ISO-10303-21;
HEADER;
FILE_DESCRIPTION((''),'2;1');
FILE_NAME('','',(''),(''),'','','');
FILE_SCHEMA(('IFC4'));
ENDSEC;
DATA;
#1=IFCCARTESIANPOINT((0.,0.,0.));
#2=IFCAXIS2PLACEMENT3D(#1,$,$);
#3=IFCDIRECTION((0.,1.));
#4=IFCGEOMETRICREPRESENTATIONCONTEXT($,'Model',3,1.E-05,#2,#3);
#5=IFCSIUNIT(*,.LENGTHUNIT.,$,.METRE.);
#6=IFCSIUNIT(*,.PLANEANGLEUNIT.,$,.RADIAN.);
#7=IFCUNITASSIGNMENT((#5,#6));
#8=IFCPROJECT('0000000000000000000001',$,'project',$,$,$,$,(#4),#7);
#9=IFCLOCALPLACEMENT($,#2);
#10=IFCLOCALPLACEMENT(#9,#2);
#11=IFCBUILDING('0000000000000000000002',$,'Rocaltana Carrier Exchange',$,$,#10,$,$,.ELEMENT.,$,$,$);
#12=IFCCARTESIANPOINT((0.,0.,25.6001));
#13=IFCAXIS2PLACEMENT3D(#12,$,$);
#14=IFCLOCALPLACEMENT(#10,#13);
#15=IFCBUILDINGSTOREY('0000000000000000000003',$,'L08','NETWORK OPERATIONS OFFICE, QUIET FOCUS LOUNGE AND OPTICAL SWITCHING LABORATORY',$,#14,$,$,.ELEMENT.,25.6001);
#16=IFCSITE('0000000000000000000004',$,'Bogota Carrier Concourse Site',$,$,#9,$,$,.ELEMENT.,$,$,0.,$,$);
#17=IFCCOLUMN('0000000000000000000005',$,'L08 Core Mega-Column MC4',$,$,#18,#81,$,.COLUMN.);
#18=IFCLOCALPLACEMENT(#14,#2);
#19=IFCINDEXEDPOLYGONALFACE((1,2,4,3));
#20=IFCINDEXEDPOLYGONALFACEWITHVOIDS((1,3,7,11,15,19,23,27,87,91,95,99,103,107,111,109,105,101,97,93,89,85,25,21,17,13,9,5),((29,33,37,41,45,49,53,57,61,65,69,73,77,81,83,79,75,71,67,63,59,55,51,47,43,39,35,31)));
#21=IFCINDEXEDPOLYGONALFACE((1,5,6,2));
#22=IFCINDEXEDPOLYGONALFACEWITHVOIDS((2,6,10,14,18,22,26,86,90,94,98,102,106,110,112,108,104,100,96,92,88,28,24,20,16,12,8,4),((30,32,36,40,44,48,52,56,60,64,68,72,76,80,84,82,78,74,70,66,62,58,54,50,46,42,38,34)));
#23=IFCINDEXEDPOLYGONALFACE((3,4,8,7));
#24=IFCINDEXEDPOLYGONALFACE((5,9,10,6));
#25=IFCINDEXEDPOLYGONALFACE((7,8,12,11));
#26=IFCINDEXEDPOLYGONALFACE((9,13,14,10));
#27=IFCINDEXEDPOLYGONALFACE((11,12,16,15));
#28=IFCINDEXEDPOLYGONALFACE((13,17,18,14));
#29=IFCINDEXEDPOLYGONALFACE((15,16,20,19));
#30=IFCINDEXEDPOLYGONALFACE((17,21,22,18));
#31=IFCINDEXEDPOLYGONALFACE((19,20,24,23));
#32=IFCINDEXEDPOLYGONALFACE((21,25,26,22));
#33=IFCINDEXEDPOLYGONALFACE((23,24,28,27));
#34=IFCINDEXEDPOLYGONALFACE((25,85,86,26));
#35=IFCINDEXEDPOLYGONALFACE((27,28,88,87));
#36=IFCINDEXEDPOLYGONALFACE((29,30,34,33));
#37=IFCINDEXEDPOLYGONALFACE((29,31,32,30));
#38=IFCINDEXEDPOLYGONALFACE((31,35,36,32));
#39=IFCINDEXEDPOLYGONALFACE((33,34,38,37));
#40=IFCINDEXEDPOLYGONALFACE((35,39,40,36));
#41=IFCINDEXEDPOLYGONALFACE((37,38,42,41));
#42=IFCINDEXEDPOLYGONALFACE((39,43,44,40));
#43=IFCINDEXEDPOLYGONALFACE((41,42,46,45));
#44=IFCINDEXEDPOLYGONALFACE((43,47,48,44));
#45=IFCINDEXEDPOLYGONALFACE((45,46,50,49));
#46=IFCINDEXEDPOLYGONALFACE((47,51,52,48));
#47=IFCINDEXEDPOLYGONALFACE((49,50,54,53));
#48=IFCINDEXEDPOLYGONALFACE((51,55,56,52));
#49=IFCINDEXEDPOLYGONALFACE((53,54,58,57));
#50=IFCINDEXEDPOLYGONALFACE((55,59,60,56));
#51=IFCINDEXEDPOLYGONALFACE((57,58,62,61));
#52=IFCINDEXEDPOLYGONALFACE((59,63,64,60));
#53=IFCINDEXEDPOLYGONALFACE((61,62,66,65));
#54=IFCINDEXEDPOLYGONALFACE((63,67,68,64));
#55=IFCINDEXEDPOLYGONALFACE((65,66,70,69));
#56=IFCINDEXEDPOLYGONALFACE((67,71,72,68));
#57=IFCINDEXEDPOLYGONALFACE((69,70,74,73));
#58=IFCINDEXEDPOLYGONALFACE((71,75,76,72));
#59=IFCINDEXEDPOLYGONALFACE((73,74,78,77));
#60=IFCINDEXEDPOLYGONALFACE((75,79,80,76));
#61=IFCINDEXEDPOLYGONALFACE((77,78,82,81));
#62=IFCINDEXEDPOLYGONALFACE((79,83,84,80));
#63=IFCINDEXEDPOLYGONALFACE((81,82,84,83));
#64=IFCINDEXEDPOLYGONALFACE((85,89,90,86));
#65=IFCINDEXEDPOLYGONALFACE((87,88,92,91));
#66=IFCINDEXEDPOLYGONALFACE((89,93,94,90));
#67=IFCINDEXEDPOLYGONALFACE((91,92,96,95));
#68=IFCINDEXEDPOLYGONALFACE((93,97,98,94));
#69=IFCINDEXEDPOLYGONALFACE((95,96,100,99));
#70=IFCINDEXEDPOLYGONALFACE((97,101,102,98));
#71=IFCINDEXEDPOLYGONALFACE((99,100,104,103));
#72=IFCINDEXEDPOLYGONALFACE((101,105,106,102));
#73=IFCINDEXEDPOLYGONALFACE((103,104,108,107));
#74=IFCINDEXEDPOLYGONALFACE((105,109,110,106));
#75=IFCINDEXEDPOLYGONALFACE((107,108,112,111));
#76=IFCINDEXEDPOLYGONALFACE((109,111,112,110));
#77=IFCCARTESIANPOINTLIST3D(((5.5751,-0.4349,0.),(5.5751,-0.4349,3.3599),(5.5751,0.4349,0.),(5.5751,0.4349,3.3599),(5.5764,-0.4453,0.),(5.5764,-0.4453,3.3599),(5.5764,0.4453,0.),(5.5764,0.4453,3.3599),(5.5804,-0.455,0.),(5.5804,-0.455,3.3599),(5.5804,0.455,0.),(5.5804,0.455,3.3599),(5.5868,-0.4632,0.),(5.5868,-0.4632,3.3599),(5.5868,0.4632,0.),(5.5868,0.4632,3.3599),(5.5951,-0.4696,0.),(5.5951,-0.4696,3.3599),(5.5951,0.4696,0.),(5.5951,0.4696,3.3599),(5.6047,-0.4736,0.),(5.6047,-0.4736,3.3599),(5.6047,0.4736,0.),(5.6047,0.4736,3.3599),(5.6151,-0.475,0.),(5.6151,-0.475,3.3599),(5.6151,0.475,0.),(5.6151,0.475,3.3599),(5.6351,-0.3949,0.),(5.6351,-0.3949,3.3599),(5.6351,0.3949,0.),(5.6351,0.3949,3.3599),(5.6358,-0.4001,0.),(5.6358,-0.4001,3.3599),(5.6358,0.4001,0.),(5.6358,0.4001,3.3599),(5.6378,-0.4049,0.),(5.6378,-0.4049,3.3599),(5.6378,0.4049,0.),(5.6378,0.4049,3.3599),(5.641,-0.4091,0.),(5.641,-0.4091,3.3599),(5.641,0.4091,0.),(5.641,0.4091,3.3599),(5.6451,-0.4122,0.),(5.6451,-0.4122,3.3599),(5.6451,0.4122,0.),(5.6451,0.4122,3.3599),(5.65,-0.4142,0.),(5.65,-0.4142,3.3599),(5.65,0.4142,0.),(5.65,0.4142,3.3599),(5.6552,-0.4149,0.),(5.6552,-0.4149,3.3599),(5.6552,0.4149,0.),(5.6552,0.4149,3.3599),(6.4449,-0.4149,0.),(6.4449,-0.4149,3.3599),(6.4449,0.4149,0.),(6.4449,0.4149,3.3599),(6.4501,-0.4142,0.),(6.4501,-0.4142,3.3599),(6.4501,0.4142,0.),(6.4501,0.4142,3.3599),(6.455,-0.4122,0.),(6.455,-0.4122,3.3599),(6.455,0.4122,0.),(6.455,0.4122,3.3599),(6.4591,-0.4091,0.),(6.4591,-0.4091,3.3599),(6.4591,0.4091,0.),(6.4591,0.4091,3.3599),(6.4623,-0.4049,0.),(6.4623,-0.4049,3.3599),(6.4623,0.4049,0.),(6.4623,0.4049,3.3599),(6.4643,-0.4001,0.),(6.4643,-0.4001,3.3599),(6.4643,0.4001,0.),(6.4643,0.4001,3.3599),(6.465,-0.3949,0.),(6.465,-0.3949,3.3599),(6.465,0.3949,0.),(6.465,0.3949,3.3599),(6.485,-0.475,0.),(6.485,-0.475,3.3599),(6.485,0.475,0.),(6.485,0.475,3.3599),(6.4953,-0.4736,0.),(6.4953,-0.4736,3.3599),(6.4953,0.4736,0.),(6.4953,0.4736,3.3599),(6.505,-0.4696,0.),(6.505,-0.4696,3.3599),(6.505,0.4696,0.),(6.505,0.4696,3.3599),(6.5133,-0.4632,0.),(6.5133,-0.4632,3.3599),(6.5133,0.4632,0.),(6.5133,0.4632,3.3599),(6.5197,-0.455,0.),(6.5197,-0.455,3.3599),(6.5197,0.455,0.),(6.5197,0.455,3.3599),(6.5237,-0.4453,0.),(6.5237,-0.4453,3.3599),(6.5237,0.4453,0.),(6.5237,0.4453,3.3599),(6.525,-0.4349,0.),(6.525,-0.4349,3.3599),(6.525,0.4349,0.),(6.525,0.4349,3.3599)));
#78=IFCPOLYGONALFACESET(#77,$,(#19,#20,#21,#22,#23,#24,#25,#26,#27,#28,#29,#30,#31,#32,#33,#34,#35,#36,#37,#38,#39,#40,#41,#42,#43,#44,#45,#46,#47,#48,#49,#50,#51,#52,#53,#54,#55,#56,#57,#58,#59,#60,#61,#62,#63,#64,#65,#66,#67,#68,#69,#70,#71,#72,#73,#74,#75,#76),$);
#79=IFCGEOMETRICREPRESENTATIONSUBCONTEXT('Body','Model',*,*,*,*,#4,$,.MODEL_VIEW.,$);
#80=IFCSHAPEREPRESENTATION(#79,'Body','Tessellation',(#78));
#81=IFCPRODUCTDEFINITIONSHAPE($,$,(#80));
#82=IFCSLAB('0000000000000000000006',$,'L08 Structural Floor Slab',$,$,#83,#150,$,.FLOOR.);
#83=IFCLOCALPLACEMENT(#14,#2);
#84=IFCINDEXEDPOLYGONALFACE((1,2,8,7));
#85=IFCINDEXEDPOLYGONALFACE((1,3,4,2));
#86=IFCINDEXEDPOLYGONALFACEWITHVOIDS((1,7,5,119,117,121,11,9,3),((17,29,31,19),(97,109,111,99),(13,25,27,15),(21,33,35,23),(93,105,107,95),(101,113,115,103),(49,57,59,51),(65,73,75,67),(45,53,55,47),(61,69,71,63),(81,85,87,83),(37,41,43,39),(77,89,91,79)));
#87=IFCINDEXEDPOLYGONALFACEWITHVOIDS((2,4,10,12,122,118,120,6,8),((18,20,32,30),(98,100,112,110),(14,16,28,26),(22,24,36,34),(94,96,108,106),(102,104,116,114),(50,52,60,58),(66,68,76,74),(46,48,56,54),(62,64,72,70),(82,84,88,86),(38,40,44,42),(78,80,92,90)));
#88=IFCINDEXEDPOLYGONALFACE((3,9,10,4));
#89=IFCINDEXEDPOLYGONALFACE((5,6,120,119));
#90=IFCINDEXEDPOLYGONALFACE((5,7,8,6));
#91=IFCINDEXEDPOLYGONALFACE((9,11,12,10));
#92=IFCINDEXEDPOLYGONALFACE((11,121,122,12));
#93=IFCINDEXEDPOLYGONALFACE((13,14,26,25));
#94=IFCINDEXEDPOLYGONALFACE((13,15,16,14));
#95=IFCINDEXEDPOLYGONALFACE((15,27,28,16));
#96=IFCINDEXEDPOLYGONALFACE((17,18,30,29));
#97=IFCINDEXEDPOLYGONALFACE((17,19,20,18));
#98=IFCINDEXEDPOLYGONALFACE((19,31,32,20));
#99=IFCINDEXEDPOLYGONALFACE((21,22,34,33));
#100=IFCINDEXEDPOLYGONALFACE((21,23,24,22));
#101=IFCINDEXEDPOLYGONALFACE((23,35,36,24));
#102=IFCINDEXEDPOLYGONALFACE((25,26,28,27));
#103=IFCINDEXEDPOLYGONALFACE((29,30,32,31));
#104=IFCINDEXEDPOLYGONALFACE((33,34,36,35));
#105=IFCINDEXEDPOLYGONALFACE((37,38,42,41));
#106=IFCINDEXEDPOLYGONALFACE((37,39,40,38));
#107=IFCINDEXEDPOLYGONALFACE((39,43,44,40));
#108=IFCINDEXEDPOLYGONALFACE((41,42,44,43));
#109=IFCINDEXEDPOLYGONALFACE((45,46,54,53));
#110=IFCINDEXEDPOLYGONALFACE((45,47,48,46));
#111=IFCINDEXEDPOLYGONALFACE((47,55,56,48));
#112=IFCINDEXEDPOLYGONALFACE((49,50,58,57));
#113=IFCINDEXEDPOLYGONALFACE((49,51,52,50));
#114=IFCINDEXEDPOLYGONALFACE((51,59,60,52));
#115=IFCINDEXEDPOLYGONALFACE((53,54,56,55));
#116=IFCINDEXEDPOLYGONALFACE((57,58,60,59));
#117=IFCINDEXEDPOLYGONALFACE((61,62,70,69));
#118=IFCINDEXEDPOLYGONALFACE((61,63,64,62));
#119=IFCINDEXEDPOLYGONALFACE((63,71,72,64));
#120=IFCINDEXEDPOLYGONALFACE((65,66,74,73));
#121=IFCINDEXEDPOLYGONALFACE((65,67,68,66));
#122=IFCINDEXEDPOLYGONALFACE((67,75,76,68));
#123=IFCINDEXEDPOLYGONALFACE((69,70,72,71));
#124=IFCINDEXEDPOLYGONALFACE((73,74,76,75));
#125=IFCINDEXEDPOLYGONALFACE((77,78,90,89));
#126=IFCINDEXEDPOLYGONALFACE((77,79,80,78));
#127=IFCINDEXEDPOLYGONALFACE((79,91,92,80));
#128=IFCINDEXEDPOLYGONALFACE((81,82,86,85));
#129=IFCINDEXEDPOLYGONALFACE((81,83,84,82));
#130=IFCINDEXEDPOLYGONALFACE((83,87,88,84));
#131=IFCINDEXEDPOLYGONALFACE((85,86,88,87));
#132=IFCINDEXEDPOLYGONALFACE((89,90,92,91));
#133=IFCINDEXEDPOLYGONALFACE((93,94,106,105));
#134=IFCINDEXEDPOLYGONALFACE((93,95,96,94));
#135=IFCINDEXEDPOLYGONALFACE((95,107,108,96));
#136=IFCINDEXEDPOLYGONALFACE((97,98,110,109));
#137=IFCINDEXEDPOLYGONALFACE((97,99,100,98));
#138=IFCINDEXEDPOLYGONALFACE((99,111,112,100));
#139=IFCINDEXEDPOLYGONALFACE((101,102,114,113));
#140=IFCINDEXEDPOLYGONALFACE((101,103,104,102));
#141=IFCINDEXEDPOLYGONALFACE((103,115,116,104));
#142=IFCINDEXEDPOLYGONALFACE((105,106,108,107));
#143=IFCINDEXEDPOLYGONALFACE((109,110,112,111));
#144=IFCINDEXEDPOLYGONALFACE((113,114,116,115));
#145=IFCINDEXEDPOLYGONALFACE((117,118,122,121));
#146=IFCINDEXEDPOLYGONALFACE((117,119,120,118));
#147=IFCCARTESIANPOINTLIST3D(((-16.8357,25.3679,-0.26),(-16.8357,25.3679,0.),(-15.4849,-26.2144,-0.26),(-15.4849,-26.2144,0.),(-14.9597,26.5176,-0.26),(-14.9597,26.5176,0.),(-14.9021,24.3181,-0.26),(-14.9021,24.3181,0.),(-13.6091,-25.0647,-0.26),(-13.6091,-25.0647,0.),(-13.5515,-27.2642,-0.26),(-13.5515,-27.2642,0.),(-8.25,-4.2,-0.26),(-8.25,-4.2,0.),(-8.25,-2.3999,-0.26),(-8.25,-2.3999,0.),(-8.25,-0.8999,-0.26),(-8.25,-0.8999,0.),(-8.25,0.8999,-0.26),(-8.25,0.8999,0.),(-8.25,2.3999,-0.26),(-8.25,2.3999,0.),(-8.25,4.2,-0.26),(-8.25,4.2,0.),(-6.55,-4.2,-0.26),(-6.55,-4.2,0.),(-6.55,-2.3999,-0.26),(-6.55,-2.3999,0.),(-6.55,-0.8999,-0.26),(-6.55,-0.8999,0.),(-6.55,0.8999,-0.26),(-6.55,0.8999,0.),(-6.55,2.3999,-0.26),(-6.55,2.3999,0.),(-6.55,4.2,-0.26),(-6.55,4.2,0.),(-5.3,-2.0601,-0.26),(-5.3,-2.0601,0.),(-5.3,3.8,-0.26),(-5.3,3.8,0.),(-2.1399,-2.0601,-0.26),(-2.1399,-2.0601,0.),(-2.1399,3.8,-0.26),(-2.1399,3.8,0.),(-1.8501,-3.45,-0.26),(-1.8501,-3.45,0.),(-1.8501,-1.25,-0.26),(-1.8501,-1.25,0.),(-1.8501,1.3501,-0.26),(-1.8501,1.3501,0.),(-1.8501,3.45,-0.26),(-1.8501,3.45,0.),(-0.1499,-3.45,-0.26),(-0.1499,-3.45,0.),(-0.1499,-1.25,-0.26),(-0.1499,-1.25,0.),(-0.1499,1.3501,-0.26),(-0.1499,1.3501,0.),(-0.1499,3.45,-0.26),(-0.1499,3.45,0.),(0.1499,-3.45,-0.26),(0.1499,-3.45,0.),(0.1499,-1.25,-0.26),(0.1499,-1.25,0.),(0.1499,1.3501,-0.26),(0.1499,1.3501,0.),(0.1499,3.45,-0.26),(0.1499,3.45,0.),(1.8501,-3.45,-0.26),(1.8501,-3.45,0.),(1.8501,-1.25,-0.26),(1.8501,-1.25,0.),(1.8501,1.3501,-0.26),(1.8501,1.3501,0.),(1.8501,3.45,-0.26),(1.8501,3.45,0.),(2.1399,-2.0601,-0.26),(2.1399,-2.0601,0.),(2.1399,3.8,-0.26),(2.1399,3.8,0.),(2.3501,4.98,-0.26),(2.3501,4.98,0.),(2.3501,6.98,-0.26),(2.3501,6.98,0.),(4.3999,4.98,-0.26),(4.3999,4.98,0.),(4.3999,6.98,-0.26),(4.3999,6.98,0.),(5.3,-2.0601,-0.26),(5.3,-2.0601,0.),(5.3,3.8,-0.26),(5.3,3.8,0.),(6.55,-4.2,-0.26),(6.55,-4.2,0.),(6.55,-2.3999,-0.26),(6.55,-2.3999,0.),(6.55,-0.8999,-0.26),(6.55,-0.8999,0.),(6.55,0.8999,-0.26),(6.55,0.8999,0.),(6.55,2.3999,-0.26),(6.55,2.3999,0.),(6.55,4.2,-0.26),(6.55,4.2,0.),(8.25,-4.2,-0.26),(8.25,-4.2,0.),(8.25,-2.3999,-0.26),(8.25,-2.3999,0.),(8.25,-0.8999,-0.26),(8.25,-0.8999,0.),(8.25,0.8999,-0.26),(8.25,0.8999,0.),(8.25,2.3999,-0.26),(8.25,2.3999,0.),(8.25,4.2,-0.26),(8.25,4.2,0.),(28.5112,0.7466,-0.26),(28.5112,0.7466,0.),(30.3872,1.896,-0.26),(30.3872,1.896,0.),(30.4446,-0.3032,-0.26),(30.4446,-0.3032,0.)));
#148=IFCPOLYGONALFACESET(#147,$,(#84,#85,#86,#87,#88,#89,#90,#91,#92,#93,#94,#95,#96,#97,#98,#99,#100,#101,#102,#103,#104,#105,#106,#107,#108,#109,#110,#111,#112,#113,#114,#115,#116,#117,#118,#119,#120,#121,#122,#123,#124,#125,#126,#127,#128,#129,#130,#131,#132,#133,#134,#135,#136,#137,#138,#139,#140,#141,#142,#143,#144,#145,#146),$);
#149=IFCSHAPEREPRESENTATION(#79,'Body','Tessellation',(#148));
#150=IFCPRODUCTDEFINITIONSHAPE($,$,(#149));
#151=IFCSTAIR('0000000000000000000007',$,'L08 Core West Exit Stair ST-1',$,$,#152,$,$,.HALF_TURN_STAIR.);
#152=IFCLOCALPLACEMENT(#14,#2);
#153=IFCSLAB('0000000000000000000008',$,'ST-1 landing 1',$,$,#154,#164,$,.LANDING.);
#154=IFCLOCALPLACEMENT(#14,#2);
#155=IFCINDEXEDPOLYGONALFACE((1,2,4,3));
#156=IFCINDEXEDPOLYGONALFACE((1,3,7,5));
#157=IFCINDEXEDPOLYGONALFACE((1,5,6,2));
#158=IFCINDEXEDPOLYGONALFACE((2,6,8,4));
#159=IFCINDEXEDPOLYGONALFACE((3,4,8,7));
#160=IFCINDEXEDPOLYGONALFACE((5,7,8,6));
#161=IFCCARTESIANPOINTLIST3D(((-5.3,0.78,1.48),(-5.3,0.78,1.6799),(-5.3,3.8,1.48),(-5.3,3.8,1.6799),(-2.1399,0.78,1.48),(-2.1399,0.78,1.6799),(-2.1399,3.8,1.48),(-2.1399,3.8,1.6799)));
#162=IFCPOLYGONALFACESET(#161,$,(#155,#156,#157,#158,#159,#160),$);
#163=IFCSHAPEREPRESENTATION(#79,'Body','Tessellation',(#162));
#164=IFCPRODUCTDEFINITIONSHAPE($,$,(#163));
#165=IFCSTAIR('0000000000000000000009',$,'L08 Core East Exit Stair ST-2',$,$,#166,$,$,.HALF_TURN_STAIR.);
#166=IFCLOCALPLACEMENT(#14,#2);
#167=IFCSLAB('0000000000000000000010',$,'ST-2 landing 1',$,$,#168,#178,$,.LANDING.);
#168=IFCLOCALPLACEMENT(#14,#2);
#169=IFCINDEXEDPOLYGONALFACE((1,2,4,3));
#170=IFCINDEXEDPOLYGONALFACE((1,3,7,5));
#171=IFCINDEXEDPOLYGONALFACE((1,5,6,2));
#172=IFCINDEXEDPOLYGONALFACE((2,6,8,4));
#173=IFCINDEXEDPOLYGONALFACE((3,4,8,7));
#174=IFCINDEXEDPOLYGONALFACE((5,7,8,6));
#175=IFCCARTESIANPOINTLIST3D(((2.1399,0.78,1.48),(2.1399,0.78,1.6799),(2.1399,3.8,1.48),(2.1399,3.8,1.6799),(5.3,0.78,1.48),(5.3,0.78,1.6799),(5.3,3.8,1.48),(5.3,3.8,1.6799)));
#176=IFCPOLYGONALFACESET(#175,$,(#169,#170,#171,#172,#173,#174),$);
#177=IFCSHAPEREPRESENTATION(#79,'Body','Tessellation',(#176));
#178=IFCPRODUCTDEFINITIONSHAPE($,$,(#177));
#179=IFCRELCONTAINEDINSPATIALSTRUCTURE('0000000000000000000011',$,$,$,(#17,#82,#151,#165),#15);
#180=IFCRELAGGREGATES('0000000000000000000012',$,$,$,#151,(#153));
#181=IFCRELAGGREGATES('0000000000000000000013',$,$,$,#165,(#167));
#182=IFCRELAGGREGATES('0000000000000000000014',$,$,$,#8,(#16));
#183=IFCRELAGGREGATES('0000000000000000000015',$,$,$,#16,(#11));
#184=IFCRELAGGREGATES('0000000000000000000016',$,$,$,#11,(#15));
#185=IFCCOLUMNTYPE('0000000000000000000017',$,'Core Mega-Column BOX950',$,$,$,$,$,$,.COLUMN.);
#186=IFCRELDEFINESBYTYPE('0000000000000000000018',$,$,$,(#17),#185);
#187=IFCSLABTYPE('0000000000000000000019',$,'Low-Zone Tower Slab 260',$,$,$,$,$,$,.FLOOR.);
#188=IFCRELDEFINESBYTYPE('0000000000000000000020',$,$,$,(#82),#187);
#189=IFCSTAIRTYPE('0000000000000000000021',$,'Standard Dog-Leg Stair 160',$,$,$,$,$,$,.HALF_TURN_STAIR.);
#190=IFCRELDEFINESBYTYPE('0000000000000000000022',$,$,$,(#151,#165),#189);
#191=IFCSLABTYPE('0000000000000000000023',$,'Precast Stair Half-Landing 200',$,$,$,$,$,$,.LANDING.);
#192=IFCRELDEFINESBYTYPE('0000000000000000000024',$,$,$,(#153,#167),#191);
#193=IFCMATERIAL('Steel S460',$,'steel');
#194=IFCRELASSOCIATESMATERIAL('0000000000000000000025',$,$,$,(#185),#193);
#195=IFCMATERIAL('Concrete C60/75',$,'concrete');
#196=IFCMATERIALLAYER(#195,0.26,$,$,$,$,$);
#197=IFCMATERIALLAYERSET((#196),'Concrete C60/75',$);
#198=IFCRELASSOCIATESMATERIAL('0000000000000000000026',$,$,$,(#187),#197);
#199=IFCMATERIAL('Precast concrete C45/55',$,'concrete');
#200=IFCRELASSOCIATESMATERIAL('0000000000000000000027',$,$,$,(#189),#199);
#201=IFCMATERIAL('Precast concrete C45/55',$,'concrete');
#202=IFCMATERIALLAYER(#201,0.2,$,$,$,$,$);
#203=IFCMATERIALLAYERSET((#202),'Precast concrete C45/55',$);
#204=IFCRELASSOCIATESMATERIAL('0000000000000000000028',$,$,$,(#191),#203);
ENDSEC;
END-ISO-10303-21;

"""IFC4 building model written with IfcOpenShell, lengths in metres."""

from ifc_helpers import new_model, si_unit, direction, frame, origin, origin_2d, place, context, subcontext, project, spatial, polyline, hollow_rectangle, outline, extrude, material, layer, layer_set, material_profile, profile_set, type_object, element, aggregate, save


model = new_model("IFC4")

# Units and contexts
model_context = context("Model", 3, precision=1e-05, world=origin(), true_north=direction((0.0, 1.0)))
body_context = subcontext(model_context, "Body", "Model", "MODEL_VIEW")
ifc_project = project(units=[si_unit("LENGTHUNIT", "METRE"), si_unit("PLANEANGLEUNIT", "RADIAN")], contexts=[model_context])

# Site, building, storey
site_placement = place(None, origin())
site = spatial("IfcSite", under=ifc_project, at=site_placement, Name="Bogota Carrier Concourse Site", CompositionType="ELEMENT", RefElevation=0.0)
building_placement = place(site_placement, origin())
building = spatial("IfcBuilding", under=site, at=building_placement, Name="Rocaltana Carrier Exchange", CompositionType="ELEMENT")
storey_placement = place(building_placement, frame((0.0, 0.0, 25.6001)))
storey = spatial("IfcBuildingStorey", under=building, at=storey_placement, Name="L08", Description="NETWORK OPERATIONS OFFICE, QUIET FOCUS LOUNGE AND OPTICAL SWITCHING LABORATORY", CompositionType="ELEMENT", Elevation=25.6001)

# Column
ifc_material_1 = material(Name="Steel S460", Category="steel")
ifc_material_profile = material_profile(ifc_material_1, hollow_rectangle(XDim=0.95, YDim=0.95, WallThickness=0.0601, InnerFilletRadius=0.02, OuterFilletRadius=0.04, at=origin_2d()), Name="BOX950X950X60")
ifc_profile_set = profile_set([ifc_material_profile], Name="Steel S460")
column_type = type_object("IfcColumnType", Name="Core Mega-Column BOX950", PredefinedType="COLUMN", material=ifc_profile_set)
column_placement = place(storey_placement, frame((6.05, 0.0, 0.0), z_axis=(0.0, 0.0, 1.0), x_axis=(1.0, 0.0, 0.0)))
element("IfcColumn", 1, at=column_placement, inside=storey, type_object=column_type, Name="L08 Core Mega-Column MC4", PredefinedType="COLUMN", context=body_context, shape_type="SweptSolid", body=[
    extrude(hollow_rectangle(XDim=0.95, YDim=0.95, WallThickness=0.0601, InnerFilletRadius=0.02, OuterFilletRadius=0.04, at=origin_2d()), origin(), (0.0, 0.0, 1.0), 3.3599),
])

# Slab
ifc_material_2 = material(Name="Concrete C60/75", Category="concrete")
ifc_layer_1 = layer(ifc_material_2, 0.26)
ifc_layer_set_1 = layer_set([ifc_layer_1], Name="Concrete C60/75")
slab_type_1 = type_object("IfcSlabType", Name="Low-Zone Tower Slab 260", PredefinedType="FLOOR", material=ifc_layer_set_1)
slab_1_placement = place(storey_placement, frame((0.0, 0.0, -0.26)))
element("IfcSlab", 2, at=slab_1_placement, inside=storey, type_object=slab_type_1, Name="L08 Structural Floor Slab", PredefinedType="FLOOR", context=body_context, shape_type="SweptSolid", body=[
    extrude(outline(polyline([(30.4446, -0.3032), (28.5112, 0.7466), (30.3872, 1.896), (-14.9597, 26.5176), (-14.9021, 24.3181), (-16.8357, 25.3679), (-15.4849, -26.2144), (-13.6091, -25.0647), (-13.5515, -27.2642), (30.4446, -0.3032)]), holes=[polyline([(-5.3, -2.0601), (-2.1399, -2.0601), (-2.1399, 3.8), (-5.3, 3.8), (-5.3, -2.0601)]), polyline([(2.1399, -2.0601), (5.3, -2.0601), (5.3, 3.8), (2.1399, 3.8), (2.1399, -2.0601)]), polyline([(-1.8501, -3.45), (-0.1499, -3.45), (-0.1499, -1.25), (-1.8501, -1.25), (-1.8501, -3.45)]), polyline([(0.1499, -3.45), (1.8501, -3.45), (1.8501, -1.25), (0.1499, -1.25), (0.1499, -3.45)]), polyline([(2.3501, 4.98), (4.3999, 4.98), (4.3999, 6.98), (2.3501, 6.98), (2.3501, 4.98)]), polyline([(-1.8501, 1.3501), (-0.1499, 1.3501), (-0.1499, 3.45), (-1.8501, 3.45), (-1.8501, 1.3501)]), polyline([(0.1499, 1.3501), (1.8501, 1.3501), (1.8501, 3.45), (0.1499, 3.45), (0.1499, 1.3501)]), polyline([(-8.25, -4.2), (-6.55, -4.2), (-6.55, -2.3999), (-8.25, -2.3999), (-8.25, -4.2)]), polyline([(-8.25, -0.8999), (-6.55, -0.8999), (-6.55, 0.8999), (-8.25, 0.8999), (-8.25, -0.8999)]), polyline([(-8.25, 2.3999), (-6.55, 2.3999), (-6.55, 4.2), (-8.25, 4.2), (-8.25, 2.3999)]), polyline([(6.55, -4.2), (8.25, -4.2), (8.25, -2.3999), (6.55, -2.3999), (6.55, -4.2)]), polyline([(6.55, -0.8999), (8.25, -0.8999), (8.25, 0.8999), (6.55, 0.8999), (6.55, -0.8999)]), polyline([(6.55, 2.3999), (8.25, 2.3999), (8.25, 4.2), (6.55, 4.2), (6.55, 2.3999)])]), origin(), (0.0, 0.0, 1.0), 0.26),
])

# Stairs, slabs
ifc_material_3 = material(Name="Precast concrete C45/55", Category="concrete")
stair_type = type_object("IfcStairType", Name="Standard Dog-Leg Stair 160", PredefinedType="HALF_TURN_STAIR", material=ifc_material_3)
stair_1_placement = place(storey_placement, origin())
stair_1 = element("IfcStair", 3, at=stair_1_placement, inside=storey, type_object=stair_type, Name="L08 Core West Exit Stair ST-1", PredefinedType="HALF_TURN_STAIR")
ifc_material_4 = material(Name="Precast concrete C45/55", Category="concrete")
ifc_layer_2 = layer(ifc_material_4, 0.2)
ifc_layer_set_2 = layer_set([ifc_layer_2], Name="Precast concrete C45/55")
slab_type_2 = type_object("IfcSlabType", Name="Precast Stair Half-Landing 200", PredefinedType="LANDING", material=ifc_layer_set_2)
slab_2_placement = place(storey_placement, frame((0.0, 0.0, 1.48)))
slab_2 = element("IfcSlab", 4, at=slab_2_placement, type_object=slab_type_2, Name="ST-1 landing 1", PredefinedType="LANDING", context=body_context, shape_type="SweptSolid", body=[
    extrude(outline(polyline([(-2.1399, 0.78), (-2.1399, 3.8), (-5.3, 3.8), (-5.3, 0.78), (-2.1399, 0.78)])), origin(), (0.0, 0.0, 1.0), 0.2),
])
aggregate(stair_1, [slab_2])
stair_2_placement = place(storey_placement, origin())
stair_2 = element("IfcStair", 5, at=stair_2_placement, inside=storey, type_object=stair_type, Name="L08 Core East Exit Stair ST-2", PredefinedType="HALF_TURN_STAIR")
slab_3_placement = place(storey_placement, frame((0.0, 0.0, 1.48)))
slab_3 = element("IfcSlab", 6, at=slab_3_placement, type_object=slab_type_2, Name="ST-2 landing 1", PredefinedType="LANDING", context=body_context, shape_type="SweptSolid", body=[
    extrude(outline(polyline([(5.3, 0.78), (5.3, 3.8), (2.1399, 3.8), (2.1399, 0.78), (5.3, 0.78)])), origin(), (0.0, 0.0, 1.0), 0.2),
])

aggregate(stair_2, [slab_3])

save(model, "model.ifc")
